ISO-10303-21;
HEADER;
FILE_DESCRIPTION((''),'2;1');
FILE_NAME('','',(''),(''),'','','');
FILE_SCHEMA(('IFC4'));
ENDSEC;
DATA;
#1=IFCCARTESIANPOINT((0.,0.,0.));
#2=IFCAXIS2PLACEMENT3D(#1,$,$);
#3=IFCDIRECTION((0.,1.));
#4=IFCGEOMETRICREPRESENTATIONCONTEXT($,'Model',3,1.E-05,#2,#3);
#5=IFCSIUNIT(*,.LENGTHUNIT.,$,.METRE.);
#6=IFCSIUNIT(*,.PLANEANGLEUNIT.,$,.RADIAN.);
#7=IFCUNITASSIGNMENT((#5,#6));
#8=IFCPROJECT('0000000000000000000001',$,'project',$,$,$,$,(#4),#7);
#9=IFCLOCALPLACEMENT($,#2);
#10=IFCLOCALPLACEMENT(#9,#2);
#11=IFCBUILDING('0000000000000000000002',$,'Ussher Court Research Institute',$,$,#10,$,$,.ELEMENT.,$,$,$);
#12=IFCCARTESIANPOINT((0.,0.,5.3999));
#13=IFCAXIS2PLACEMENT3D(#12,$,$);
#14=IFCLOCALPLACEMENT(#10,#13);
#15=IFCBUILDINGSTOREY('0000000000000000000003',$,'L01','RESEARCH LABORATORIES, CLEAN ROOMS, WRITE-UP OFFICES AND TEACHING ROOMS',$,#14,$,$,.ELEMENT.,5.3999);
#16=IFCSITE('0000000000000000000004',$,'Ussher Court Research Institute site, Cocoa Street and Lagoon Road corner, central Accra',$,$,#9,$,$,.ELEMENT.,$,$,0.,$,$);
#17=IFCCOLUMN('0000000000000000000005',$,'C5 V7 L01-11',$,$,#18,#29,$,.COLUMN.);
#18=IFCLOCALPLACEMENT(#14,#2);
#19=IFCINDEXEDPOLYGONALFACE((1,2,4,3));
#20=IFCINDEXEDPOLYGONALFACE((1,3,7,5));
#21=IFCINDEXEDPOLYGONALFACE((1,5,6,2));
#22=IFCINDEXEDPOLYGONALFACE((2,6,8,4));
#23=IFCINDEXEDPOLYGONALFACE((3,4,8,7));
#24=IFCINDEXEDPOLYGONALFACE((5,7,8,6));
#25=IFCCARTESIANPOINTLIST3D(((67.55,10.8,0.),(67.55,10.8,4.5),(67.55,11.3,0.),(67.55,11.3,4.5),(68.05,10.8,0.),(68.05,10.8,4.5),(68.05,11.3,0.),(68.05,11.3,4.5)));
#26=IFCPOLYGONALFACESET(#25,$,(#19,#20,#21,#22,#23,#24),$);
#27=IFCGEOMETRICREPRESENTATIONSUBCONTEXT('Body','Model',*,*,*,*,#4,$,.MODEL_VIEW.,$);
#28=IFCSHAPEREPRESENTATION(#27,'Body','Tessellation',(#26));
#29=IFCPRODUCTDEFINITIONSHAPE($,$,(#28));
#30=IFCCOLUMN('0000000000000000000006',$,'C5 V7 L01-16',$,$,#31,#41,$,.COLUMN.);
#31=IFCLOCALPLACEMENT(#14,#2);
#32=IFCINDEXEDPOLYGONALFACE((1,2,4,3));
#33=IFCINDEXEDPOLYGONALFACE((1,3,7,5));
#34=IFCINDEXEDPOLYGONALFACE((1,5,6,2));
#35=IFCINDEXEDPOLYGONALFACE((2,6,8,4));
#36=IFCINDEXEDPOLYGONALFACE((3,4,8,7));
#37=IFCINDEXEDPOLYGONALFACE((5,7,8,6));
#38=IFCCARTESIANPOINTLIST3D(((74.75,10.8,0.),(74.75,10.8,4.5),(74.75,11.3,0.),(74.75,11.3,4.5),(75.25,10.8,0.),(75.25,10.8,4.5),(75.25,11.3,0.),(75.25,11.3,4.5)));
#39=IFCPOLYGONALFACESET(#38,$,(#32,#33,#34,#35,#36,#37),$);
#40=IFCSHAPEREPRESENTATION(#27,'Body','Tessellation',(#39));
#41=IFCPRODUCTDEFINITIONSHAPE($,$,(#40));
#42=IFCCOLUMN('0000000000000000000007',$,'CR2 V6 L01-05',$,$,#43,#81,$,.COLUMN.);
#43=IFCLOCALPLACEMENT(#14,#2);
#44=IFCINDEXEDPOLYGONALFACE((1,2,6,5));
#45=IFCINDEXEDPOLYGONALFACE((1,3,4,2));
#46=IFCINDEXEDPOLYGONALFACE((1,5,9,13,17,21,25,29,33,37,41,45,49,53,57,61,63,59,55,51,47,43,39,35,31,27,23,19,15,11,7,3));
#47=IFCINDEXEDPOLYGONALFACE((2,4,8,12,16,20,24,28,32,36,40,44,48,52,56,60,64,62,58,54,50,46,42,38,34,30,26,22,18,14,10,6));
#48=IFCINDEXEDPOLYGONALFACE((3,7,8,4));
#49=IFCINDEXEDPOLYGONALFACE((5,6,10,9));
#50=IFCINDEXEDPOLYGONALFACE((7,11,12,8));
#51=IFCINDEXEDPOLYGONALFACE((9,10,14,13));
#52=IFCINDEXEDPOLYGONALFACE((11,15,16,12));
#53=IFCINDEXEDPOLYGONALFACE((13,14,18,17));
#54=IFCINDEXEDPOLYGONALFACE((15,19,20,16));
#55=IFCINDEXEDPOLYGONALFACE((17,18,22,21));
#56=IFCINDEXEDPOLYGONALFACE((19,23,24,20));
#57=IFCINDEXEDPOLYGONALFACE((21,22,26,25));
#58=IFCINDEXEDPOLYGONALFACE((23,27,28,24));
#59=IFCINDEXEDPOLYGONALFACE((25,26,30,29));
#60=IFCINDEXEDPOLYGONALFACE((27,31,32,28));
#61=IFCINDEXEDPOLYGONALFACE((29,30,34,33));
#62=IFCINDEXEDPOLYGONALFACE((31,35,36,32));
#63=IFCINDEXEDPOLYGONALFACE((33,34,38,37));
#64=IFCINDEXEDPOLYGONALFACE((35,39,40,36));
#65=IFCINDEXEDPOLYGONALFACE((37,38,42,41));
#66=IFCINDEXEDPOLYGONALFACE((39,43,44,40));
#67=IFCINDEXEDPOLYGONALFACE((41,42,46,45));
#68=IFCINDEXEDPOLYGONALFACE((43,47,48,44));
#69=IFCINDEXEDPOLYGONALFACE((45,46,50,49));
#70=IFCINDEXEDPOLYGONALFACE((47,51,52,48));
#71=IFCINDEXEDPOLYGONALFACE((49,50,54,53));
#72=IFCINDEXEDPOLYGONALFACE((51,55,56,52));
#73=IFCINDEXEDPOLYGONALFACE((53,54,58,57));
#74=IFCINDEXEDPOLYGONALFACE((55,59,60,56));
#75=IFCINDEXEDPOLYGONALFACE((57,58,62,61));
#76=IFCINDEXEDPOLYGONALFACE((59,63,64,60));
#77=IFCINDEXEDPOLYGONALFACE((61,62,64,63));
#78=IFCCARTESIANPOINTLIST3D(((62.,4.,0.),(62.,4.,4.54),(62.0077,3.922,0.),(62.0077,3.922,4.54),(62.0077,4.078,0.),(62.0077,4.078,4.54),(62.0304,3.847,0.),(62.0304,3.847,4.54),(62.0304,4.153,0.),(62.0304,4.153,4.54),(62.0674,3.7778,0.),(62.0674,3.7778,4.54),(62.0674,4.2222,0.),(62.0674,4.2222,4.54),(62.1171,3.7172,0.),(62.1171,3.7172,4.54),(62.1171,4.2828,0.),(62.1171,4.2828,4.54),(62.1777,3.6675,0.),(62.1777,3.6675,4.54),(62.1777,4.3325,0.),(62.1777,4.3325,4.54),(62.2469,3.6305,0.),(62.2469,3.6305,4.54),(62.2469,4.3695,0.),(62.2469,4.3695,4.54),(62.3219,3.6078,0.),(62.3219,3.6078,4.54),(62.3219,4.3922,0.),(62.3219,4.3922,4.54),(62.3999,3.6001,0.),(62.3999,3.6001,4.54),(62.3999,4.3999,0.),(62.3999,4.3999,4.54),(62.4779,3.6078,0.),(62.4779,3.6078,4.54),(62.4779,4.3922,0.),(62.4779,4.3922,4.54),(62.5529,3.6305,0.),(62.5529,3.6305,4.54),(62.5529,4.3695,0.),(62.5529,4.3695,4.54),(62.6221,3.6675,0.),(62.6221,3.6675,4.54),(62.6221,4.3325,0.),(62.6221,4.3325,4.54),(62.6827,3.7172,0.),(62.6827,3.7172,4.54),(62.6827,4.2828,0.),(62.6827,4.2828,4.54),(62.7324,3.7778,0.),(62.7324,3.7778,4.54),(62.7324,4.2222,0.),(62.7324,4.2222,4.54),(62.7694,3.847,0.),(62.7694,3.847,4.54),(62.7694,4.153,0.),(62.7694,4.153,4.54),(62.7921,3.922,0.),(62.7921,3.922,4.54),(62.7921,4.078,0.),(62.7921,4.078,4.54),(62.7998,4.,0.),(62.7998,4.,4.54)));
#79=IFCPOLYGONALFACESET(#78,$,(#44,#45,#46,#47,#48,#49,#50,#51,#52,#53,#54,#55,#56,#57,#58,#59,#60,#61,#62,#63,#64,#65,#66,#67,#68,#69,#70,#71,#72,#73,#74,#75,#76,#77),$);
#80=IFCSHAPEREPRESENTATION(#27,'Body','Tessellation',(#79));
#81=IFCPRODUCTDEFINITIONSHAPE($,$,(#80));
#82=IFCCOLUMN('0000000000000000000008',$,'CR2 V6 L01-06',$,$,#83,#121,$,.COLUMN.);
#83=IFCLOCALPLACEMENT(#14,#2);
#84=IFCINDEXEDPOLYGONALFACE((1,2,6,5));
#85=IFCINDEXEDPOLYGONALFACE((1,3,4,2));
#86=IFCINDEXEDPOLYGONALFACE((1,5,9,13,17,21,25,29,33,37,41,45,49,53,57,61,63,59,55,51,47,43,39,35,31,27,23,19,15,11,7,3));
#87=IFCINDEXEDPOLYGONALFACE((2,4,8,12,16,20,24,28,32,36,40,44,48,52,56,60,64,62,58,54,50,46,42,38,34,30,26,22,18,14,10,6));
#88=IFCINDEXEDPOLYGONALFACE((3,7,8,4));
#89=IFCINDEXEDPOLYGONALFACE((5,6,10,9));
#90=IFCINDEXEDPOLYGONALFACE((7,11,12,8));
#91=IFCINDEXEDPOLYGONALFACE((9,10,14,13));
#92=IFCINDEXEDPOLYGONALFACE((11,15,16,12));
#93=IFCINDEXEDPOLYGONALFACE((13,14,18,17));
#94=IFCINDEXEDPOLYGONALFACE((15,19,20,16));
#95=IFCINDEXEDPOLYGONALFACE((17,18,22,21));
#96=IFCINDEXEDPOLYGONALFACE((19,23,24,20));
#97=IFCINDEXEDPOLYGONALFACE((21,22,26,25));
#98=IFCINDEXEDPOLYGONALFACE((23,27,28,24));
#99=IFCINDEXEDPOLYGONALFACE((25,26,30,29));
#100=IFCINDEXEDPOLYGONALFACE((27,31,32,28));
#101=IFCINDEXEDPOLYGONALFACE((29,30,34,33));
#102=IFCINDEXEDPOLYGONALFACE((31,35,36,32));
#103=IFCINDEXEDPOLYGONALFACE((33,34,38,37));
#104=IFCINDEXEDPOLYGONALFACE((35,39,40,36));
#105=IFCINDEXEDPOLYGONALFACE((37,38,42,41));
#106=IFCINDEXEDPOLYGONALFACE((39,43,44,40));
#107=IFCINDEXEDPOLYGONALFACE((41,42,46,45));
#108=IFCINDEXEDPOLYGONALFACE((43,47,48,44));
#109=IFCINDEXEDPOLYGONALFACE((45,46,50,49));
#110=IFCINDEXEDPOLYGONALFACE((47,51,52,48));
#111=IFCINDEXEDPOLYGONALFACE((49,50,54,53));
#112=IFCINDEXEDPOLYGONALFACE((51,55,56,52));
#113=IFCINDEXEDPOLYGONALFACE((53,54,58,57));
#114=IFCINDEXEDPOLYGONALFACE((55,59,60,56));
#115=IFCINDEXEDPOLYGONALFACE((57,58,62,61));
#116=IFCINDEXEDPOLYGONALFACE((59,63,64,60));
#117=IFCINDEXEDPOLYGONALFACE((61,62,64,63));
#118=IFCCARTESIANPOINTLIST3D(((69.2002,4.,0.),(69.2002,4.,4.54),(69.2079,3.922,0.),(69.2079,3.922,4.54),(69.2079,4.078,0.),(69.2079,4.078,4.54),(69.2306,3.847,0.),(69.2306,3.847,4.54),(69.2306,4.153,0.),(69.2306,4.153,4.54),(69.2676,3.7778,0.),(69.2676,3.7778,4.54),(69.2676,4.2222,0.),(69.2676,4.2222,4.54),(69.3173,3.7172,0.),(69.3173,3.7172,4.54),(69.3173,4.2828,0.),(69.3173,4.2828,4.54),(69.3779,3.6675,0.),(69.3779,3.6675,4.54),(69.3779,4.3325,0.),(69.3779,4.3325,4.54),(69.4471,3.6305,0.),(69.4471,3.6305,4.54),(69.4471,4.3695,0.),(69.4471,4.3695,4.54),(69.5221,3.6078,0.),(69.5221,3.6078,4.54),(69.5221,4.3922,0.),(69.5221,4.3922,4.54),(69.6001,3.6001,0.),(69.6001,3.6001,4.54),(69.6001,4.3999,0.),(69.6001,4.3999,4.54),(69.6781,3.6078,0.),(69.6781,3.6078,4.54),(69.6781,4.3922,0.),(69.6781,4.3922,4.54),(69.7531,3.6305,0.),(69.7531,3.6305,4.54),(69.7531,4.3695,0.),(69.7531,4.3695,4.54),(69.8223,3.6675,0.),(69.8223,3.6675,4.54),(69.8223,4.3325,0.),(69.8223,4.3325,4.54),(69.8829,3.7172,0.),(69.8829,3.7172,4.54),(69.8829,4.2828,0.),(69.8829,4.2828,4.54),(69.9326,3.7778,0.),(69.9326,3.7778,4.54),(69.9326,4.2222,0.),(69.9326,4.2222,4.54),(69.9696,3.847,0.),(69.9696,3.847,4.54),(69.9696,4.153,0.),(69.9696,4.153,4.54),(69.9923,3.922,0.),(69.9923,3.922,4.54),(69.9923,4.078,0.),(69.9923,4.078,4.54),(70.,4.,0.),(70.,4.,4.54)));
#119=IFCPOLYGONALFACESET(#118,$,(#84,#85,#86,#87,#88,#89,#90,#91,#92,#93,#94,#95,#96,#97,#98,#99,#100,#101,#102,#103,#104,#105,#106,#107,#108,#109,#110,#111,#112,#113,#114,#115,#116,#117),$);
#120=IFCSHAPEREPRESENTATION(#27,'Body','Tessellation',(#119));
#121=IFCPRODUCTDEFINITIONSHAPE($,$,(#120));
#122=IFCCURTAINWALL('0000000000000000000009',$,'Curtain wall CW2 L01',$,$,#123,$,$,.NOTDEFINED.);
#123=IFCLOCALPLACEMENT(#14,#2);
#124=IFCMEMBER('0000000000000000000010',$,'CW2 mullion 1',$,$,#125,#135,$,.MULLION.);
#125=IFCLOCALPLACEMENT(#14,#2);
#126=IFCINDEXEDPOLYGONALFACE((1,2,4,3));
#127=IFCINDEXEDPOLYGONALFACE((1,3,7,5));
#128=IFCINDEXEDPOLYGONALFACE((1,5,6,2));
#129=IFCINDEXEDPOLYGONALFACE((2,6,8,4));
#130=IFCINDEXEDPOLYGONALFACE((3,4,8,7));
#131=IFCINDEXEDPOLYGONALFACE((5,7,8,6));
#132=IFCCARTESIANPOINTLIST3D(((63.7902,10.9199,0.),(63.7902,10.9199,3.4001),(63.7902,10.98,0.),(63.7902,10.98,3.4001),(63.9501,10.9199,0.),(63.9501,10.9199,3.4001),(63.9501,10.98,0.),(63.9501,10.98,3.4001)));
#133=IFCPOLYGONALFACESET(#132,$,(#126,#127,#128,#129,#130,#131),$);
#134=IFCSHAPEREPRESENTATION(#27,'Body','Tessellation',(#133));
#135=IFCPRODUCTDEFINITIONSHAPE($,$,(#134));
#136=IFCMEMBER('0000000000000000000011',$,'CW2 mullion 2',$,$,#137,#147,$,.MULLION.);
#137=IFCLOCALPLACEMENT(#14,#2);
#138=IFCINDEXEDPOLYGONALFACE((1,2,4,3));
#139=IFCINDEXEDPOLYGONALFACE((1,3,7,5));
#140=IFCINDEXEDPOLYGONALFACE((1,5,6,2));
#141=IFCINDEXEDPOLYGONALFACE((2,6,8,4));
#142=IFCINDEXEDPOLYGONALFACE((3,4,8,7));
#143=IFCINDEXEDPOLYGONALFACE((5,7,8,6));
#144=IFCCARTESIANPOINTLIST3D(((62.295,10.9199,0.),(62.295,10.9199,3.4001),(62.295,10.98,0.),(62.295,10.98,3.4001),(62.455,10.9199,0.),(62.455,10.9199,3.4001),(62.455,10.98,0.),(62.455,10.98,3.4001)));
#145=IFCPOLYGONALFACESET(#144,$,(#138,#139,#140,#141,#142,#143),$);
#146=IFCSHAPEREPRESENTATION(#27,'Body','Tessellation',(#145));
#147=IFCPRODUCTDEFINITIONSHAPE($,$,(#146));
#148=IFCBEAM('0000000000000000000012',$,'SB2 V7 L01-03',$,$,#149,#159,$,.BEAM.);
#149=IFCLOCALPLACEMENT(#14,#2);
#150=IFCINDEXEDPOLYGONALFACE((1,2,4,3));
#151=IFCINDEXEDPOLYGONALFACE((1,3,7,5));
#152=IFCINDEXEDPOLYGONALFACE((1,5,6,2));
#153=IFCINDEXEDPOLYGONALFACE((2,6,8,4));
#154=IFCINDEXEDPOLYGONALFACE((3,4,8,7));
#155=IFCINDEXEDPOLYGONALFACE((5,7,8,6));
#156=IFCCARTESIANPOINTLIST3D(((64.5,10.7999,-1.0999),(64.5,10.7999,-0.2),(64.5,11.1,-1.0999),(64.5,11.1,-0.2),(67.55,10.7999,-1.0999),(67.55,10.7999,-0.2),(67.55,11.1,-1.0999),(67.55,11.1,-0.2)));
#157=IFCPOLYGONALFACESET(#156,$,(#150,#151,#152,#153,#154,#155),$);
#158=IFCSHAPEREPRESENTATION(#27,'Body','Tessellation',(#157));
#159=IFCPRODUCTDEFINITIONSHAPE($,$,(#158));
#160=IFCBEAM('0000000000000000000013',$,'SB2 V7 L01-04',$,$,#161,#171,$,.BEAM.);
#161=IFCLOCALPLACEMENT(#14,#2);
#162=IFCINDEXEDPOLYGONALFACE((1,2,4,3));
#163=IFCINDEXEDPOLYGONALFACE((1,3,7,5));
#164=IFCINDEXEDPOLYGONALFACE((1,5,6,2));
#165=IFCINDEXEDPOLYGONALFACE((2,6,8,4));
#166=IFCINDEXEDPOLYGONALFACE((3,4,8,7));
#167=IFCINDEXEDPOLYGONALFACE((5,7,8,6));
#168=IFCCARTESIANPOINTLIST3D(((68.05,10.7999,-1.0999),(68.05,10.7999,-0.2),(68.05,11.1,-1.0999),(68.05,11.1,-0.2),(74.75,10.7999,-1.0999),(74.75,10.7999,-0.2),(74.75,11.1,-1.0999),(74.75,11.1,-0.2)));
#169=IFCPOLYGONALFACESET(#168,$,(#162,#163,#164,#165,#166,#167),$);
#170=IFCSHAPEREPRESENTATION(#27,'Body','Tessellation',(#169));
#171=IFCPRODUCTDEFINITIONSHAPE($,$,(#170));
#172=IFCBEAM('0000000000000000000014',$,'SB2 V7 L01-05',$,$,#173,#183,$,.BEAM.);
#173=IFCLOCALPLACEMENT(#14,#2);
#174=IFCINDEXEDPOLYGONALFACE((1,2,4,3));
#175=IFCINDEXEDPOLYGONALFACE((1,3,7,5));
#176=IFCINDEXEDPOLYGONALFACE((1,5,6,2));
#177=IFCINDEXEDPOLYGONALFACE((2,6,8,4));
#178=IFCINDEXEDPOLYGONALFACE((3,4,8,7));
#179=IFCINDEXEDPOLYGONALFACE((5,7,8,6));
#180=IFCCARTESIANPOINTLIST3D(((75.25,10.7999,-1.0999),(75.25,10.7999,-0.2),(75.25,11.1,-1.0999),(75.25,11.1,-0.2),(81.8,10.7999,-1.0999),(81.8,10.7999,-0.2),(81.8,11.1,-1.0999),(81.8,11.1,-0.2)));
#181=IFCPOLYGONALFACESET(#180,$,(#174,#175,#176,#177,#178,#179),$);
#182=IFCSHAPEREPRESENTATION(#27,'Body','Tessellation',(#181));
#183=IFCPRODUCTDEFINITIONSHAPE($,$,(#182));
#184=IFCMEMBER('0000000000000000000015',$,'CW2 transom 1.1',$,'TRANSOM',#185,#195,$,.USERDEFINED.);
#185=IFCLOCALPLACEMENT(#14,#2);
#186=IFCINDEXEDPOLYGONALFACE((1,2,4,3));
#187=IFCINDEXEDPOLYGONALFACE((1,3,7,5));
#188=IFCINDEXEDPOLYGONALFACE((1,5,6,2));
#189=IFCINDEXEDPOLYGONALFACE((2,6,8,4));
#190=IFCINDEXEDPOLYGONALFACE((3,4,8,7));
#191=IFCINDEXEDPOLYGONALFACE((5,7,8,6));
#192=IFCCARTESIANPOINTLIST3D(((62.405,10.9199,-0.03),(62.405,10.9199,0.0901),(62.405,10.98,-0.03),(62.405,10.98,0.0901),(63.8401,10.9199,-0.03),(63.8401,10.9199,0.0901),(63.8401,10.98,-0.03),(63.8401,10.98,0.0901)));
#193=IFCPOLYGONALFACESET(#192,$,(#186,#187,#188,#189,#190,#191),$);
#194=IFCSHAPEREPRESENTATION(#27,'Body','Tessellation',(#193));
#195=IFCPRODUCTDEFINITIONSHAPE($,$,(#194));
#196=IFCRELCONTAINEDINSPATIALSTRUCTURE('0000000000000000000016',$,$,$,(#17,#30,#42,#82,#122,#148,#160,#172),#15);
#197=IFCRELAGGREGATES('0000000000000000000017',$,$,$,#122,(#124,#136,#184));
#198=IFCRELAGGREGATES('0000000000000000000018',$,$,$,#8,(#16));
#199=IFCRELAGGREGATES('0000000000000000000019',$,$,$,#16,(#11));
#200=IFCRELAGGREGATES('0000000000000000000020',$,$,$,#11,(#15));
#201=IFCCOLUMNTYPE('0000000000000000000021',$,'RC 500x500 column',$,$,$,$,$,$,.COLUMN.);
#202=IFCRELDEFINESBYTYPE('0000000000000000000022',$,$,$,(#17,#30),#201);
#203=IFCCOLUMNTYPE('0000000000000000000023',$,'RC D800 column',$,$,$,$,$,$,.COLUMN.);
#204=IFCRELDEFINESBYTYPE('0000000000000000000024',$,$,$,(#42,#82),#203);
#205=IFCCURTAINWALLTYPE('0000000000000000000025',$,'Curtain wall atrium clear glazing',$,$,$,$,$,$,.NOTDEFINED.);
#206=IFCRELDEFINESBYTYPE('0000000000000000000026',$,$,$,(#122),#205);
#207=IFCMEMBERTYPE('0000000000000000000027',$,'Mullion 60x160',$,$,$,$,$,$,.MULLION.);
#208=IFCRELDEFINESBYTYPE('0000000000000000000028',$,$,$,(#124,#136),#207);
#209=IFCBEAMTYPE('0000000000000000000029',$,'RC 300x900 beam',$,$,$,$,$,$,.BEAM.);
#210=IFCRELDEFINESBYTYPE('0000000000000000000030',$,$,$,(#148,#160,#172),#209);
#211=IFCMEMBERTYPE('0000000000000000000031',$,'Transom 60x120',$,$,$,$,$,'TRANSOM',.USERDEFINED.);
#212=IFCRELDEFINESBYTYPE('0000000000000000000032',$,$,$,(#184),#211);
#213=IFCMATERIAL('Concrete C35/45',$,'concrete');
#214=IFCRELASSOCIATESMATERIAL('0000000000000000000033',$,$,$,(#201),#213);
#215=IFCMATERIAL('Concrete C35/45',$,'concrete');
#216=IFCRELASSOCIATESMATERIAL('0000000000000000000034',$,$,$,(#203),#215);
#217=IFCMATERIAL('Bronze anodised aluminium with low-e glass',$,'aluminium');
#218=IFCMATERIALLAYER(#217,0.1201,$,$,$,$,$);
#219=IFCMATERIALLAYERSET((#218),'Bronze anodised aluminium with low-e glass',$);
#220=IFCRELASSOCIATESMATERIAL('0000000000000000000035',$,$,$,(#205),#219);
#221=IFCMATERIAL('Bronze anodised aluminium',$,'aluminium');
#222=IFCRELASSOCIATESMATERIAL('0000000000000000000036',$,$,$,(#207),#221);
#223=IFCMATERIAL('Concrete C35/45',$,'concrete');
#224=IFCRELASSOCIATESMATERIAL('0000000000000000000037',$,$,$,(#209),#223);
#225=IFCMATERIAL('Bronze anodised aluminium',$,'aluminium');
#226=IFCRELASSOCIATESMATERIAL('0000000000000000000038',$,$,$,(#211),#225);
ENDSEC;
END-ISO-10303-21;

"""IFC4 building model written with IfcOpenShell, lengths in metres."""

from ifc_helpers import new_model, si_unit, direction, frame, origin, origin_2d, place, context, subcontext, project, spatial, rectangle, circle, extrude, material, layer, layer_set, material_profile, profile_set, type_object, element, aggregate, save


model = new_model("IFC4")

# Units and contexts
model_context = context("Model", 3, precision=1e-05, world=origin(), true_north=direction((0.0, 1.0)))
body_context = subcontext(model_context, "Body", "Model", "MODEL_VIEW")
ifc_project = project(units=[si_unit("LENGTHUNIT", "METRE"), si_unit("PLANEANGLEUNIT", "RADIAN")], contexts=[model_context])

# Site, building, storey
site_placement = place(None, origin())
site = spatial("IfcSite", under=ifc_project, at=site_placement, Name="Ussher Court Research Institute site, Cocoa Street and Lagoon Road corner, central Accra", CompositionType="ELEMENT", RefElevation=0.0)
building_placement = place(site_placement, origin())
building = spatial("IfcBuilding", under=site, at=building_placement, Name="Ussher Court Research Institute", CompositionType="ELEMENT")
storey_placement = place(building_placement, frame((0.0, 0.0, 5.3999)))
storey = spatial("IfcBuildingStorey", under=building, at=storey_placement, Name="L01", Description="RESEARCH LABORATORIES, CLEAN ROOMS, WRITE-UP OFFICES AND TEACHING ROOMS", CompositionType="ELEMENT", Elevation=5.3999)

# Columns
ifc_material_1 = material(Name="Concrete C35/45", Category="concrete")
ifc_material_profile_1 = material_profile(ifc_material_1, rectangle(XDim=0.5, YDim=0.5, at=origin_2d()), Name="RC 500x500")
ifc_profile_set_1 = profile_set([ifc_material_profile_1], Name="Concrete C35/45")
column_type_1 = type_object("IfcColumnType", Name="RC 500x500 column", PredefinedType="COLUMN", material=ifc_profile_set_1)
for number, where, z_axis, x_axis, name in (
    (1, (67.8, 11.05, 0.0), (0.0, 0.0, 1.0), (1.0, 0.0, 0.0), "C5 V7 L01-11"),
    (2, (75.0, 11.05, 0.0), (0.0, 0.0, 1.0), (1.0, 0.0, 0.0), "C5 V7 L01-16"),
):
    element("IfcColumn", number, at=place(storey_placement, frame(where, z_axis=z_axis, x_axis=x_axis)), inside=storey, type_object=column_type_1, Name=name, PredefinedType="COLUMN", context=body_context, shape_type="SweptSolid", body=[
        extrude(rectangle(XDim=0.5, YDim=0.5, at=origin_2d()), origin(), (0.0, 0.0, 1.0), 4.5),
    ])
ifc_material_2 = material(Name="Concrete C35/45", Category="concrete")
ifc_material_profile_2 = material_profile(ifc_material_2, circle(Radius=0.3999, at=origin_2d()), Name="RC D800")
ifc_profile_set_2 = profile_set([ifc_material_profile_2], Name="Concrete C35/45")
column_type_2 = type_object("IfcColumnType", Name="RC D800 column", PredefinedType="COLUMN", material=ifc_profile_set_2)
for number, where, z_axis, x_axis, name in (
    (3, (62.3999, 4.0, 0.0), (0.0, 0.0, 1.0), (1.0, 0.0, 0.0), "CR2 V6 L01-05"),
    (4, (69.6001, 4.0, 0.0), (0.0, 0.0, 1.0), (1.0, 0.0, 0.0), "CR2 V6 L01-06"),
):
    element("IfcColumn", number, at=place(storey_placement, frame(where, z_axis=z_axis, x_axis=x_axis)), inside=storey, type_object=column_type_2, Name=name, PredefinedType="COLUMN", context=body_context, shape_type="SweptSolid", body=[
        extrude(circle(Radius=0.3999, at=origin_2d()), origin(), (0.0, 0.0, 1.0), 4.54),
    ])

# Curtain wall, members
ifc_material_3 = material(Name="Bronze anodised aluminium with low-e glass", Category="aluminium")
ifc_layer_1 = layer(ifc_material_3, 0.1201)
ifc_layer_set_1 = layer_set([ifc_layer_1], Name="Bronze anodised aluminium with low-e glass")
curtain_wall_type = type_object("IfcCurtainWallType", Name="Curtain wall atrium clear glazing", PredefinedType="NOTDEFINED", material=ifc_layer_set_1)
curtain_wall_placement = place(storey_placement, origin())
curtain_wall = element("IfcCurtainWall", 5, at=curtain_wall_placement, inside=storey, type_object=curtain_wall_type, Name="Curtain wall CW2 L01", PredefinedType="NOTDEFINED")
ifc_material_4 = material(Name="Bronze anodised aluminium", Category="aluminium")
ifc_material_profile_3 = material_profile(ifc_material_4, rectangle(XDim=0.0601, YDim=0.1599, at=origin_2d()), Name="Mullion 60x160")
ifc_profile_set_3 = profile_set([ifc_material_profile_3], Name="Bronze anodised aluminium")
member_type_1 = type_object("IfcMemberType", Name="Mullion 60x160", PredefinedType="MULLION", material=ifc_profile_set_3)
member_1_placement = place(storey_placement, frame((63.8701, 10.95, 0.0), z_axis=(0.0, 0.0, 1.0), x_axis=(0.0, -1.0, 0.0)))
member_1 = element("IfcMember", 6, at=member_1_placement, type_object=member_type_1, Name="CW2 mullion 1", PredefinedType="MULLION", context=body_context, shape_type="SweptSolid", body=[
    extrude(rectangle(XDim=0.0601, YDim=0.1599, at=origin_2d()), origin(), (0.0, 0.0, 1.0), 3.4001),
])
member_2_placement = place(storey_placement, frame((62.375, 10.95, 0.0), z_axis=(0.0, 0.0, 1.0), x_axis=(0.0, -1.0, 0.0)))
member_2 = element("IfcMember", 7, at=member_2_placement, type_object=member_type_1, Name="CW2 mullion 2", PredefinedType="MULLION", context=body_context, shape_type="SweptSolid", body=[
    extrude(rectangle(XDim=0.0601, YDim=0.1599, at=origin_2d()), origin(), (0.0, 0.0, 1.0), 3.4001),
])

# Beams
ifc_material_5 = material(Name="Concrete C35/45", Category="concrete")
ifc_material_profile_4 = material_profile(ifc_material_5, rectangle(XDim=0.3, YDim=0.8999, at=origin_2d()), Name="RC 300x900")
ifc_profile_set_4 = profile_set([ifc_material_profile_4], Name="Concrete C35/45")
beam_type = type_object("IfcBeamType", Name="RC 300x900 beam", PredefinedType="BEAM", material=ifc_profile_set_4)
beam_1_placement = place(storey_placement, frame((64.5, 10.95, -0.6499), z_axis=(1.0, 0.0, 0.0), x_axis=(0.0, 1.0, 0.0)))
element("IfcBeam", 8, at=beam_1_placement, inside=storey, type_object=beam_type, Name="SB2 V7 L01-03", PredefinedType="BEAM", context=body_context, shape_type="SweptSolid", body=[
    extrude(rectangle(XDim=0.3, YDim=0.8999, at=origin_2d()), origin(), (0.0, 0.0, 1.0), 3.05),
])
beam_2_placement = place(storey_placement, frame((68.05, 10.95, -0.6499), z_axis=(1.0, 0.0, 0.0), x_axis=(0.0, 1.0, 0.0)))
element("IfcBeam", 9, at=beam_2_placement, inside=storey, type_object=beam_type, Name="SB2 V7 L01-04", PredefinedType="BEAM", context=body_context, shape_type="SweptSolid", body=[
    extrude(rectangle(XDim=0.3, YDim=0.8999, at=origin_2d()), origin(), (0.0, 0.0, 1.0), 6.7),
])
beam_3_placement = place(storey_placement, frame((75.25, 10.95, -0.6499), z_axis=(1.0, 0.0, 0.0), x_axis=(0.0, 1.0, 0.0)))
element("IfcBeam", 10, at=beam_3_placement, inside=storey, type_object=beam_type, Name="SB2 V7 L01-05", PredefinedType="BEAM", context=body_context, shape_type="SweptSolid", body=[
    extrude(rectangle(XDim=0.3, YDim=0.8999, at=origin_2d()), origin(), (0.0, 0.0, 1.0), 6.55),
])

# Member
ifc_material_6 = material(Name="Bronze anodised aluminium", Category="aluminium")
ifc_material_profile_5 = material_profile(ifc_material_6, rectangle(XDim=0.0601, YDim=0.1201, at=origin_2d()), Name="Transom 60x120")
ifc_profile_set_5 = profile_set([ifc_material_profile_5], Name="Bronze anodised aluminium")
member_type_2 = type_object("IfcMemberType", Name="Transom 60x120", ElementType="TRANSOM", PredefinedType="USERDEFINED", material=ifc_profile_set_5)
member_3_placement = place(storey_placement, frame((63.8401, 10.95, 0.03), z_axis=(-1.0, 0.0, 0.0), x_axis=(0.0, -1.0, 0.0)))
member_3 = element("IfcMember", 11, at=member_3_placement, type_object=member_type_2, Name="CW2 transom 1.1", ObjectType="TRANSOM", PredefinedType="USERDEFINED", context=body_context, shape_type="SweptSolid", body=[
    extrude(rectangle(XDim=0.0601, YDim=0.1201, at=origin_2d()), origin(), (0.0, 0.0, 1.0), 1.4351),
])

aggregate(curtain_wall, [member_1, member_2, member_3])

save(model, "model.ifc")
